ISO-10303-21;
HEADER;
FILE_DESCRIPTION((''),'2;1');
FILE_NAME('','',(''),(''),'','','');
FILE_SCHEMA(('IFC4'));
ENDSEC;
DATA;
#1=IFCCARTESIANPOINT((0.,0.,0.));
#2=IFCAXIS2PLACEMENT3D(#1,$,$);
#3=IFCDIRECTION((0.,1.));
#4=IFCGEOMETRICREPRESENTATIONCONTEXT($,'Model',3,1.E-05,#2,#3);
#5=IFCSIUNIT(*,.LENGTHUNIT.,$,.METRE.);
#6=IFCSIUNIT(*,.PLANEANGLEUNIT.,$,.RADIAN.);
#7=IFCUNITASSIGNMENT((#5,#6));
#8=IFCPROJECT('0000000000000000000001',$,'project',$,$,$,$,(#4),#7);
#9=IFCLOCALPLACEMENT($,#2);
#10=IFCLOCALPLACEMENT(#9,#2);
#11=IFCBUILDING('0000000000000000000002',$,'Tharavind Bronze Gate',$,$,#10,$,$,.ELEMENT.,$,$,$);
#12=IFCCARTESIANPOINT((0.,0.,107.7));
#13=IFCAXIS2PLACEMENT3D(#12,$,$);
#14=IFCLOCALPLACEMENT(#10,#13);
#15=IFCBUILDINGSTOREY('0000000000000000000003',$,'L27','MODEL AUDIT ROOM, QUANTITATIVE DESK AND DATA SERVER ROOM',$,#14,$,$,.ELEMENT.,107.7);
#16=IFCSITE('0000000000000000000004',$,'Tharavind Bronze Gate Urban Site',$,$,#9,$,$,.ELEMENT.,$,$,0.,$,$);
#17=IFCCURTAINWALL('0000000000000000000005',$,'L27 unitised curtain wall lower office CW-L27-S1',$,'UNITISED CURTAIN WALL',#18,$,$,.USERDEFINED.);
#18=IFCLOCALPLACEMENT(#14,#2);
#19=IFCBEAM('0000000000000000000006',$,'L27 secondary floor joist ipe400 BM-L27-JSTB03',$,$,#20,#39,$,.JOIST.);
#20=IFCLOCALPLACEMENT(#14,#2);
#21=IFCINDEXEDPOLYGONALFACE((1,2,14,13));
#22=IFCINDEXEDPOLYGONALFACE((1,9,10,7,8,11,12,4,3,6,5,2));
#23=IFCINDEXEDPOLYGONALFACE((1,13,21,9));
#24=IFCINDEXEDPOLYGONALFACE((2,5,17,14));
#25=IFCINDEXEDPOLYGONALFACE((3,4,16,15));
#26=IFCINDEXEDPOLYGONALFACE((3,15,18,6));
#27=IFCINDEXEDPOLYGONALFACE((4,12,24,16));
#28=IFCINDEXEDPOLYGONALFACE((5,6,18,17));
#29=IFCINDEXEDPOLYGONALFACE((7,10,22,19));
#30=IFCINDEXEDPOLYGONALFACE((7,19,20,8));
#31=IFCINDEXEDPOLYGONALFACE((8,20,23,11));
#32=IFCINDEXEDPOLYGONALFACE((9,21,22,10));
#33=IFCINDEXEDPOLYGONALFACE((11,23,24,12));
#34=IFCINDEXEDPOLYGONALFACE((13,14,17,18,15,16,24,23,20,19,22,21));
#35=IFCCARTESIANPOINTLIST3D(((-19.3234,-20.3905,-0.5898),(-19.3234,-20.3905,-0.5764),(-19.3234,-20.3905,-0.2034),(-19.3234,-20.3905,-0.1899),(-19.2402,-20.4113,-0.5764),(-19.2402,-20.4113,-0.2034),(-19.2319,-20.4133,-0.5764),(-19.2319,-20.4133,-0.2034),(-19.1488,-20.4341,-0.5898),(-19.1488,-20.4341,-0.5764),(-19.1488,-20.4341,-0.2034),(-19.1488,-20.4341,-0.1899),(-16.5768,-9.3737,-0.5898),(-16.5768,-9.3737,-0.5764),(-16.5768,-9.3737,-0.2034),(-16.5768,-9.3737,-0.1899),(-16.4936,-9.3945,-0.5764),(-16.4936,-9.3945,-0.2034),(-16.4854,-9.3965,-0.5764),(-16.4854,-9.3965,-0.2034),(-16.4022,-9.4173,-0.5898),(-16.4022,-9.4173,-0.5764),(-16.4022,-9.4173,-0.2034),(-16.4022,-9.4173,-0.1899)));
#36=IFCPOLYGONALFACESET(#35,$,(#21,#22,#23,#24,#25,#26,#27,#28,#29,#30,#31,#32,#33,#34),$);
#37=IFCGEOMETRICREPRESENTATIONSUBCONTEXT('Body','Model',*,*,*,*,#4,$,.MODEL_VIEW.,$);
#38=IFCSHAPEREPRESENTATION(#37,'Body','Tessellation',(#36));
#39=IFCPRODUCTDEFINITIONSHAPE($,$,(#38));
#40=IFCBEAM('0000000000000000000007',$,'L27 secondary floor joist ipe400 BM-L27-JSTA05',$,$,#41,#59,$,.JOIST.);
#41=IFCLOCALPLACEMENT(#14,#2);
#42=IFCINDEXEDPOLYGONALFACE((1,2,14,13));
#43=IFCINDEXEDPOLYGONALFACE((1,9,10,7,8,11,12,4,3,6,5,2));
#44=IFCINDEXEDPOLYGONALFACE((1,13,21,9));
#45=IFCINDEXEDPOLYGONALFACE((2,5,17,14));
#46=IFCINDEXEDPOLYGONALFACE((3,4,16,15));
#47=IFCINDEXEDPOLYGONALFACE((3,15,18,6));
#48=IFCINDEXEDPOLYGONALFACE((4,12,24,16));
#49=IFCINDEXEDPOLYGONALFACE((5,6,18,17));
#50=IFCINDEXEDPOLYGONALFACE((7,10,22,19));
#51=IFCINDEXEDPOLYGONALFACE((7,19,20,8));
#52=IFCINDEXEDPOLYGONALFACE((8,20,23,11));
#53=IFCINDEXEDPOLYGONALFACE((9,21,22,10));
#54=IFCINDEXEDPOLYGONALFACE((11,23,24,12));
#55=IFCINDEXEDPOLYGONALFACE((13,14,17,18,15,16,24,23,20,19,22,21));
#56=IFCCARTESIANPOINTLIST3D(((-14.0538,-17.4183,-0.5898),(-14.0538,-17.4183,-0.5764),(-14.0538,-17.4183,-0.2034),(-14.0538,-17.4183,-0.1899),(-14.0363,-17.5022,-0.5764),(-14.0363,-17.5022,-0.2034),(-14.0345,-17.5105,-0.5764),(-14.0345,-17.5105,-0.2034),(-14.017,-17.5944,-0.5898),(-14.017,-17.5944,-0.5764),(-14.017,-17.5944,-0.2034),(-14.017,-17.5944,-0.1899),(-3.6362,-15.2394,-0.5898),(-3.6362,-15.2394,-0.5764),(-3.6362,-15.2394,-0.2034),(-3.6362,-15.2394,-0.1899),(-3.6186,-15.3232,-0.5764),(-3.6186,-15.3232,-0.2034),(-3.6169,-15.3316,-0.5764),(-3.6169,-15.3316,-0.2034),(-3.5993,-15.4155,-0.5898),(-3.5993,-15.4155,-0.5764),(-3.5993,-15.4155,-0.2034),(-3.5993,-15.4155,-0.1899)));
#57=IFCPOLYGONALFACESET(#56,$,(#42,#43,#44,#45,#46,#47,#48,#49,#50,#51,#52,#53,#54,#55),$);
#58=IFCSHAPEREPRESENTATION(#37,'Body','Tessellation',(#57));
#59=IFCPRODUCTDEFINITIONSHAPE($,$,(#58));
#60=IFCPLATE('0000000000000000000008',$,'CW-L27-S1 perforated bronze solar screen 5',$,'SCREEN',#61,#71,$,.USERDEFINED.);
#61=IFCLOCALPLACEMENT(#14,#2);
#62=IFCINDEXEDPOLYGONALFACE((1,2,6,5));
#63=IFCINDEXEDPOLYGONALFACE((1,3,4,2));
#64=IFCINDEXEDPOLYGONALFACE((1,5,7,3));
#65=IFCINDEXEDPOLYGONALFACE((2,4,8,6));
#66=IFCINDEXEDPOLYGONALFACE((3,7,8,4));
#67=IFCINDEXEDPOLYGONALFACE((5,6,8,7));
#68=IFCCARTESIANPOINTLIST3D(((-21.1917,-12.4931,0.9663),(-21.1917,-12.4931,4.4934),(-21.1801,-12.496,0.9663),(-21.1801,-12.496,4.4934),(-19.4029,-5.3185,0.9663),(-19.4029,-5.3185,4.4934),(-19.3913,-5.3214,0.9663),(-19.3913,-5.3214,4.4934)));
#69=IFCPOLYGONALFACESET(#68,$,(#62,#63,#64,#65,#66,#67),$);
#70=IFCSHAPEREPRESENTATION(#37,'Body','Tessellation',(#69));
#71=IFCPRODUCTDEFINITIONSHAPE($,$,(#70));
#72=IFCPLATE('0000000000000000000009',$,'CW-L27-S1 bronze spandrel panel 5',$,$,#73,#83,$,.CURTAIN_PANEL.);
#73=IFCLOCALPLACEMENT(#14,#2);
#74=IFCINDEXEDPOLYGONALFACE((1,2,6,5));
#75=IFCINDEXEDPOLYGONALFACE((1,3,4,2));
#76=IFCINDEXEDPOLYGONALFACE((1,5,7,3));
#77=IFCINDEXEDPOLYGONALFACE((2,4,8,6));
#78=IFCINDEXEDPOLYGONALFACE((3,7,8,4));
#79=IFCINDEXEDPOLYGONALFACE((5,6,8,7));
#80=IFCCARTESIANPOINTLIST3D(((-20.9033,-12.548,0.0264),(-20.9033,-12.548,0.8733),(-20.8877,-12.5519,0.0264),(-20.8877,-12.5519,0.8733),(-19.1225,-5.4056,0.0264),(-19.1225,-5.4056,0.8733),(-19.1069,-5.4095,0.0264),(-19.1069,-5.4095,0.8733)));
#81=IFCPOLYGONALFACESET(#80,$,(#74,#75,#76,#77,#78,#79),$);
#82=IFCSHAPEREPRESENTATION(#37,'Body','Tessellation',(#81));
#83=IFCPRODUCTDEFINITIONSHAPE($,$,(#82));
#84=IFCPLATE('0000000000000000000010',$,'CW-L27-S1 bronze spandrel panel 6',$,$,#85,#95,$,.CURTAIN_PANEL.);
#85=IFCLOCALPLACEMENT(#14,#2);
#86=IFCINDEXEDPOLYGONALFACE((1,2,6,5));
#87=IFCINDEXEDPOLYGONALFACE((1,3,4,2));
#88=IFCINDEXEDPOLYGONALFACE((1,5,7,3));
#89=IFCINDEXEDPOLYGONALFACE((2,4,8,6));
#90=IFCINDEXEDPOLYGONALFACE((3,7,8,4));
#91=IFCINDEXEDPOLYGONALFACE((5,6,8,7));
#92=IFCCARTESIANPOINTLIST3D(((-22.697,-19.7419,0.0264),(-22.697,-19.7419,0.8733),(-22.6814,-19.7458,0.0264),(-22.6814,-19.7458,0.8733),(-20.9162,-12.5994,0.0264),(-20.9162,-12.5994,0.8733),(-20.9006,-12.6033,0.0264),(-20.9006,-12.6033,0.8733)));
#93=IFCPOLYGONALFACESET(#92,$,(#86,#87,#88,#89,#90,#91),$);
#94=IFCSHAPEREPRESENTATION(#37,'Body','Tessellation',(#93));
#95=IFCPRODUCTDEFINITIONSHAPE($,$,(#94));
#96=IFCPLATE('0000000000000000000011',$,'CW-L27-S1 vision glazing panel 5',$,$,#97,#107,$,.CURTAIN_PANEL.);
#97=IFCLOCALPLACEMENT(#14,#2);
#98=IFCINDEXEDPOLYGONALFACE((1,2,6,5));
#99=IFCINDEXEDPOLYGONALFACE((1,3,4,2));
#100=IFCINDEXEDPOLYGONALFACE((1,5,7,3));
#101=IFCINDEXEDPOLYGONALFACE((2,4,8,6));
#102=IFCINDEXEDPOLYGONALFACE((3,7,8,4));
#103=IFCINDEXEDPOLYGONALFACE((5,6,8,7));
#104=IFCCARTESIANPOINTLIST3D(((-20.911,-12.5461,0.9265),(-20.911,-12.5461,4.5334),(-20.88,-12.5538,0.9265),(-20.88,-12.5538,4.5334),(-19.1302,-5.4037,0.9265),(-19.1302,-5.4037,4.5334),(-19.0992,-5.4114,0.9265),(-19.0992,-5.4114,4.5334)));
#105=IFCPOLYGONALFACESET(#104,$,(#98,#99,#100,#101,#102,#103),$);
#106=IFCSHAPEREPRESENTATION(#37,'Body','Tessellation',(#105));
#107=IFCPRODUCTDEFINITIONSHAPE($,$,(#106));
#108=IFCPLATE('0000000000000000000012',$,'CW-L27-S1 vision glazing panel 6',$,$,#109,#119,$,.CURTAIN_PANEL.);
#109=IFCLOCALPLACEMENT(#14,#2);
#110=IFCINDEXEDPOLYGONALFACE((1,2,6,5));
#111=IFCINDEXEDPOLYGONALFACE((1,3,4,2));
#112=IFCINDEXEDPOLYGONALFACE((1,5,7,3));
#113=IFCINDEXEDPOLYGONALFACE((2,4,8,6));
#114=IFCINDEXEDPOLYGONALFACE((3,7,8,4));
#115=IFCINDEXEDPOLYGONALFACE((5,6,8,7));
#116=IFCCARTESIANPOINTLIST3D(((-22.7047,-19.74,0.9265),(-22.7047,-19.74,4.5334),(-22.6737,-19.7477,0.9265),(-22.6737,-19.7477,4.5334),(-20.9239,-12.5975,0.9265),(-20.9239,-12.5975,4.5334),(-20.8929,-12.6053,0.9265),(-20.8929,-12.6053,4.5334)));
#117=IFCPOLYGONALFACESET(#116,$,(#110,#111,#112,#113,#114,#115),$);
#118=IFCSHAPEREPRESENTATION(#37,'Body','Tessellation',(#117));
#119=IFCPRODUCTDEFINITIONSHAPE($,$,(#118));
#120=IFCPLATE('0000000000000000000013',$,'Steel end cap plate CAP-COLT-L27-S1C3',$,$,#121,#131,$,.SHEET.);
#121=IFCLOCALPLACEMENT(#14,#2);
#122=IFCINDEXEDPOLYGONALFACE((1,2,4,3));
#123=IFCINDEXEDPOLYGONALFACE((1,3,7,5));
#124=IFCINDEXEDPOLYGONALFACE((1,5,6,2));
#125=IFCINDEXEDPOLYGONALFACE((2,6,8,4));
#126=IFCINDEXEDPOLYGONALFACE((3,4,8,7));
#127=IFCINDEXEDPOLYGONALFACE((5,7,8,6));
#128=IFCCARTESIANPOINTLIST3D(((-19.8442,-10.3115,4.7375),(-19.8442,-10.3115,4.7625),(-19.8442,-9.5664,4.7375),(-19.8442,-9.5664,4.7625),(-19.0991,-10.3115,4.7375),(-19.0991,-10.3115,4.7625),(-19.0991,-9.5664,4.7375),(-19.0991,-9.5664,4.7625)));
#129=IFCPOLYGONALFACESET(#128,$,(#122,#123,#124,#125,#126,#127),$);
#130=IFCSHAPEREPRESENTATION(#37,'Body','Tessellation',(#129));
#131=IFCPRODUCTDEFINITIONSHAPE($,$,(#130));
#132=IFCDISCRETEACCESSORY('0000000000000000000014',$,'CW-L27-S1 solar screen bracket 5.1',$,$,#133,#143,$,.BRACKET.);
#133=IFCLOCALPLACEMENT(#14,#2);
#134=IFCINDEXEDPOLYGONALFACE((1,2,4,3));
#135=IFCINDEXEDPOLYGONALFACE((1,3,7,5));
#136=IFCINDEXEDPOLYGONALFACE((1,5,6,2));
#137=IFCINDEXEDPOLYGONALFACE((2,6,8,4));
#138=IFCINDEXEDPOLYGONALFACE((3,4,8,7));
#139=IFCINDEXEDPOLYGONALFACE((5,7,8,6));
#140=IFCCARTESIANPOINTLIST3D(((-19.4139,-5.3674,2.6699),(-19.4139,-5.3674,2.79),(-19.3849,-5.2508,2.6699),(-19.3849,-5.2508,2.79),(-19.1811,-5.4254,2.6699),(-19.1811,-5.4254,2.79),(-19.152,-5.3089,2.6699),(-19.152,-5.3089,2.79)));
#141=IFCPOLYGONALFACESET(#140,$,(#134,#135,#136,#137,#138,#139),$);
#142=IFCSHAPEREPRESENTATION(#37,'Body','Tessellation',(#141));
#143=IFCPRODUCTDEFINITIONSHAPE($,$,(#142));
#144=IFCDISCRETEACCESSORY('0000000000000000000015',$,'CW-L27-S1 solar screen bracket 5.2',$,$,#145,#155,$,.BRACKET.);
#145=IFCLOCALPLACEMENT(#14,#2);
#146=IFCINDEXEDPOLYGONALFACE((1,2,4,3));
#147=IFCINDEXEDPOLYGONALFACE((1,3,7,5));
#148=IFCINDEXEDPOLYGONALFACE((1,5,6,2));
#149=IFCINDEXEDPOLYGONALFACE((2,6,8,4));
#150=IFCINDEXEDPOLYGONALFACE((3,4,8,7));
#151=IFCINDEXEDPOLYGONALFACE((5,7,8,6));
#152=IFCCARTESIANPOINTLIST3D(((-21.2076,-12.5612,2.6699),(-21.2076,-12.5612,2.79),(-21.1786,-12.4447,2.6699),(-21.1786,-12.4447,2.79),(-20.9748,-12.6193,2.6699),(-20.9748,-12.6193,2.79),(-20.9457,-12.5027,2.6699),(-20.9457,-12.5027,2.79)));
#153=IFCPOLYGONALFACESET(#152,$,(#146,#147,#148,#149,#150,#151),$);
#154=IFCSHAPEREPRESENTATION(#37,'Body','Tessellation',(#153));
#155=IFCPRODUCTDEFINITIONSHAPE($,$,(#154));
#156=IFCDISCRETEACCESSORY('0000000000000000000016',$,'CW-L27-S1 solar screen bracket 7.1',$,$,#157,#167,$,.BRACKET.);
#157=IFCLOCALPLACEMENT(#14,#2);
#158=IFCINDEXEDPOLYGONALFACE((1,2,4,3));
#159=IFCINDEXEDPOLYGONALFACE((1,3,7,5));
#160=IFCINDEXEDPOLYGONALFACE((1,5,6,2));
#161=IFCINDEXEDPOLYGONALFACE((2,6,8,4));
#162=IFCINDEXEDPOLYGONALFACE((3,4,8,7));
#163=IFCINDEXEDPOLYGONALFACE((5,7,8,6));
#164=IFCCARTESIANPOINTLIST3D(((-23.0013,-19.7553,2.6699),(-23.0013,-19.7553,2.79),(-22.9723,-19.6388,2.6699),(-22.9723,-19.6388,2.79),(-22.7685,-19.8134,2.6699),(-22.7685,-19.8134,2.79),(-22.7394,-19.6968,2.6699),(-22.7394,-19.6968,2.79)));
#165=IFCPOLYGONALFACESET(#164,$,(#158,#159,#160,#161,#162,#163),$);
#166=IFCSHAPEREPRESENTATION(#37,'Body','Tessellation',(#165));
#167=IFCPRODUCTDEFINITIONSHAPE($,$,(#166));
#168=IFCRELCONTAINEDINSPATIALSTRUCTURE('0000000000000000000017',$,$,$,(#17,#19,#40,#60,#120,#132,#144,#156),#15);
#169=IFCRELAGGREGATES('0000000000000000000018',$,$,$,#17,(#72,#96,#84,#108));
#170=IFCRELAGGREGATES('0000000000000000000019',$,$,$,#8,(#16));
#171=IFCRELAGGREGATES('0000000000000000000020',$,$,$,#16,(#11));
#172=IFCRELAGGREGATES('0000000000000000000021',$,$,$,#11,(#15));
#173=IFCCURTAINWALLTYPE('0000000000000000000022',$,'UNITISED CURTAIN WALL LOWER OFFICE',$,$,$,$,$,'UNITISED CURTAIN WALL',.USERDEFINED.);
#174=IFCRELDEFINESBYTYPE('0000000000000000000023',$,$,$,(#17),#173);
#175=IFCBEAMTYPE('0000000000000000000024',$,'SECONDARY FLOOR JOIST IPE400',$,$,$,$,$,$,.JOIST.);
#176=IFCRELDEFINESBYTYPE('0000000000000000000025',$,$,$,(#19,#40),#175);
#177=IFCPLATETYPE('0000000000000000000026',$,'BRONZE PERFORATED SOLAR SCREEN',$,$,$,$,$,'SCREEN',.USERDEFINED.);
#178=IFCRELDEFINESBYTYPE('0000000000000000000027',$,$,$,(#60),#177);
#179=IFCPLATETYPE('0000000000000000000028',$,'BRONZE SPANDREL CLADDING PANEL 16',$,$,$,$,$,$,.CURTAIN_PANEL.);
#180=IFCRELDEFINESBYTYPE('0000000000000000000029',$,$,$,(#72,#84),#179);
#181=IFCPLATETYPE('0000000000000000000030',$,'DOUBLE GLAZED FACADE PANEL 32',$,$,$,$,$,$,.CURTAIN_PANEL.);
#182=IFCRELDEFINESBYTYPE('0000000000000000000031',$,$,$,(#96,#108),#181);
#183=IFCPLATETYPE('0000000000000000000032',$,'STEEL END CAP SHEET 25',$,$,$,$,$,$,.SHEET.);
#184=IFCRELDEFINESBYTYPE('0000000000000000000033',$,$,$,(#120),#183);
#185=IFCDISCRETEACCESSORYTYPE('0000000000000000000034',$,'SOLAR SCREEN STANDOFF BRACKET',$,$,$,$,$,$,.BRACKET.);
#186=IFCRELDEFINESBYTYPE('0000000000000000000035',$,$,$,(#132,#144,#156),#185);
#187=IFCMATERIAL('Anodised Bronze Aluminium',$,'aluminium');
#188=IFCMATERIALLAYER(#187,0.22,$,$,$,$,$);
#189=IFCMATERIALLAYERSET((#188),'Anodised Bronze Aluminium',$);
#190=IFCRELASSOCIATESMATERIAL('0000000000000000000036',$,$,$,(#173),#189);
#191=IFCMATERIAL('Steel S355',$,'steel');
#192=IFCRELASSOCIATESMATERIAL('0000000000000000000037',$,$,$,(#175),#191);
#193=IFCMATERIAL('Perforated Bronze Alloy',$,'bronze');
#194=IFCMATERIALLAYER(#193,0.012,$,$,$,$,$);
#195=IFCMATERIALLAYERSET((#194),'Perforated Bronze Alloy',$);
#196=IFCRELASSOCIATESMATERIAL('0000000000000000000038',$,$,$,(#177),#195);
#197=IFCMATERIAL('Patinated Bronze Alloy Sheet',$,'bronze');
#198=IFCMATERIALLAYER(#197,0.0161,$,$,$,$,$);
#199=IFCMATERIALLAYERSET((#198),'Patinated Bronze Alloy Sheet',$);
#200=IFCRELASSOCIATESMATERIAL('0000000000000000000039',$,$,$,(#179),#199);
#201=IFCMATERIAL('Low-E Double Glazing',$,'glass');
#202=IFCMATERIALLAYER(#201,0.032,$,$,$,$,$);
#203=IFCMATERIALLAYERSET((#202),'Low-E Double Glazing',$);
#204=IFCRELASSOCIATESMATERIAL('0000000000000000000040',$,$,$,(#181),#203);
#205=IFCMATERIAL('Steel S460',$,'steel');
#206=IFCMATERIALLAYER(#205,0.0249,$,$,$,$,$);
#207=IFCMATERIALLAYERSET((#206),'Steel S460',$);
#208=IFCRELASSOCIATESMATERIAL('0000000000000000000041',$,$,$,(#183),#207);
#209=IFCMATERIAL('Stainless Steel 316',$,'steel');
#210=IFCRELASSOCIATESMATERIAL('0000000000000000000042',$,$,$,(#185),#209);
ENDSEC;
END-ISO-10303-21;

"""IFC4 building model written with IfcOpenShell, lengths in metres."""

from ifc_helpers import new_model, si_unit, direction, frame, origin, origin_2d, place, context, subcontext, project, spatial, rectangle, i_section, extrude, material, layer, layer_set, material_profile, profile_set, type_object, element, aggregate, save


model = new_model("IFC4")

# Units and contexts
model_context = context("Model", 3, precision=1e-05, world=origin(), true_north=direction((0.0, 1.0)))
body_context = subcontext(model_context, "Body", "Model", "MODEL_VIEW")
ifc_project = project(units=[si_unit("LENGTHUNIT", "METRE"), si_unit("PLANEANGLEUNIT", "RADIAN")], contexts=[model_context])

# Site, building, storey
site_placement = place(None, origin())
site = spatial("IfcSite", under=ifc_project, at=site_placement, Name="Tharavind Bronze Gate Urban Site", CompositionType="ELEMENT", RefElevation=0.0)
building_placement = place(site_placement, origin())
building = spatial("IfcBuilding", under=site, at=building_placement, Name="Tharavind Bronze Gate", CompositionType="ELEMENT")
storey_placement = place(building_placement, frame((0.0, 0.0, 107.7)))
storey = spatial("IfcBuildingStorey", under=building, at=storey_placement, Name="L27", Description="MODEL AUDIT ROOM, QUANTITATIVE DESK AND DATA SERVER ROOM", CompositionType="ELEMENT", Elevation=107.7)

# Shared definitions
ifc_material_1 = material(Name="Steel S460", Category="steel")

# Curtain wall
ifc_material_2 = material(Name="Anodised Bronze Aluminium", Category="aluminium")
ifc_layer_1 = layer(ifc_material_2, 0.22)
ifc_layer_set_1 = layer_set([ifc_layer_1], Name="Anodised Bronze Aluminium")
curtain_wall_type = type_object("IfcCurtainWallType", Name="UNITISED CURTAIN WALL LOWER OFFICE", ElementType="UNITISED CURTAIN WALL", PredefinedType="USERDEFINED", material=ifc_layer_set_1)
curtain_wall_placement = place(storey_placement, origin())
curtain_wall = element("IfcCurtainWall", 1, at=curtain_wall_placement, inside=storey, type_object=curtain_wall_type, Name="L27 unitised curtain wall lower office CW-L27-S1", ObjectType="UNITISED CURTAIN WALL", PredefinedType="USERDEFINED")

# Beams
ifc_material_3 = material(Name="Steel S355", Category="steel")
ifc_material_profile_1 = material_profile(ifc_material_3, i_section(OverallWidth=0.1799, OverallDepth=0.3999, WebThickness=0.0085, FlangeThickness=0.0134, at=origin_2d()), Name="IPE400")
ifc_profile_set_1 = profile_set([ifc_material_profile_1], Name="Steel S355")
beam_type_1 = type_object("IfcBeamType", Name="SECONDARY FLOOR JOIST IPE400", PredefinedType="JOIST", material=ifc_profile_set_1)
beam_1_placement = place(storey_placement, frame((-16.4895, -9.3955, -0.3899), z_axis=(-0.241903, -0.9703, 0.0), x_axis=(0.9703, -0.241903, 0.0)))
element("IfcBeam", 2, at=beam_1_placement, inside=storey, type_object=beam_type_1, Name="L27 secondary floor joist ipe400 BM-L27-JSTB03", PredefinedType="JOIST", context=body_context, shape_type="SweptSolid", body=[
    extrude(i_section(OverallWidth=0.1799, OverallDepth=0.3999, WebThickness=0.0085, FlangeThickness=0.0134, at=origin_2d()), origin(), (0.0, 0.0, 1.0), 11.354),
])
beam_2_placement = place(storey_placement, frame((-14.0354, -17.5063, -0.3899), z_axis=(0.978819, 0.204728, 0.0), x_axis=(-0.204728, 0.978819, 0.0)))
element("IfcBeam", 3, at=beam_2_placement, inside=storey, type_object=beam_type_1, Name="L27 secondary floor joist ipe400 BM-L27-JSTA05", PredefinedType="JOIST", context=body_context, shape_type="SweptSolid", body=[
    extrude(i_section(OverallWidth=0.1799, OverallDepth=0.3999, WebThickness=0.0085, FlangeThickness=0.0134, at=origin_2d()), origin(), (0.0, 0.0, 1.0), 10.6431),
])

# Plates
ifc_material_4 = material(Name="Perforated Bronze Alloy", Category="bronze")
ifc_layer_2 = layer(ifc_material_4, 0.012)
ifc_layer_set_2 = layer_set([ifc_layer_2], Name="Perforated Bronze Alloy")
plate_type_1 = type_object("IfcPlateType", Name="BRONZE PERFORATED SOLAR SCREEN", ElementType="SCREEN", PredefinedType="USERDEFINED", material=ifc_layer_set_2)
plate_1_placement = place(storey_placement, frame((-20.2915, -8.9072, 0.9663), z_axis=(0.0, 0.0, 1.0), x_axis=(-0.241922, -0.970296, 0.0)))
element("IfcPlate", 4, at=plate_1_placement, inside=storey, type_object=plate_type_1, Name="CW-L27-S1 perforated bronze solar screen 5", ObjectType="SCREEN", PredefinedType="USERDEFINED", context=body_context, shape_type="SweptSolid", body=[
    extrude(rectangle(XDim=7.3943, YDim=0.012, at=origin_2d()), origin(), (0.0, 0.0, 1.0), 3.5271),
])
ifc_material_5 = material(Name="Patinated Bronze Alloy Sheet", Category="bronze")
ifc_layer_3 = layer(ifc_material_5, 0.0161)
ifc_layer_set_3 = layer_set([ifc_layer_3], Name="Patinated Bronze Alloy Sheet")
plate_type_2 = type_object("IfcPlateType", Name="BRONZE SPANDREL CLADDING PANEL 16", PredefinedType="CURTAIN_PANEL", material=ifc_layer_set_3)
plate_2_placement = place(storey_placement, frame((-20.0051, -8.9788, 0.0264), z_axis=(0.0, 0.0, 1.0), x_axis=(-0.241922, -0.970296, 0.0)))
plate_2 = element("IfcPlate", 5, at=plate_2_placement, type_object=plate_type_2, Name="CW-L27-S1 bronze spandrel panel 5", PredefinedType="CURTAIN_PANEL", context=body_context, shape_type="SweptSolid", body=[
    extrude(rectangle(XDim=7.3611, YDim=0.0161, at=origin_2d()), origin(), (0.0, 0.0, 1.0), 0.8469),
])
plate_3_placement = place(storey_placement, frame((-21.7988, -16.1726, 0.0264), z_axis=(0.0, 0.0, 1.0), x_axis=(-0.241922, -0.970296, 0.0)))
plate_3 = element("IfcPlate", 6, at=plate_3_placement, type_object=plate_type_2, Name="CW-L27-S1 bronze spandrel panel 6", PredefinedType="CURTAIN_PANEL", context=body_context, shape_type="SweptSolid", body=[
    extrude(rectangle(XDim=7.3611, YDim=0.0161, at=origin_2d()), origin(), (0.0, 0.0, 1.0), 0.8469),
])
ifc_material_6 = material(Name="Low-E Double Glazing", Category="glass")
ifc_layer_4 = layer(ifc_material_6, 0.032)
ifc_layer_set_4 = layer_set([ifc_layer_4], Name="Low-E Double Glazing")
plate_type_3 = type_object("IfcPlateType", Name="DOUBLE GLAZED FACADE PANEL 32", PredefinedType="CURTAIN_PANEL", material=ifc_layer_set_4)
plate_4_placement = place(storey_placement, frame((-20.0051, -8.9788, 0.9265), z_axis=(0.0, 0.0, 1.0), x_axis=(-0.241922, -0.970296, 0.0)))
plate_4 = element("IfcPlate", 7, at=plate_4_placement, type_object=plate_type_3, Name="CW-L27-S1 vision glazing panel 5", PredefinedType="CURTAIN_PANEL", context=body_context, shape_type="SweptSolid", body=[
    extrude(rectangle(XDim=7.3611, YDim=0.032, at=origin_2d()), origin(), (0.0, 0.0, 1.0), 3.6069),
])
plate_5_placement = place(storey_placement, frame((-21.7988, -16.1726, 0.9265), z_axis=(0.0, 0.0, 1.0), x_axis=(-0.241922, -0.970296, 0.0)))
plate_5 = element("IfcPlate", 8, at=plate_5_placement, type_object=plate_type_3, Name="CW-L27-S1 vision glazing panel 6", PredefinedType="CURTAIN_PANEL", context=body_context, shape_type="SweptSolid", body=[
    extrude(rectangle(XDim=7.3611, YDim=0.032, at=origin_2d()), origin(), (0.0, 0.0, 1.0), 3.6069),
])
aggregate(curtain_wall, [plate_2, plate_4, plate_3, plate_5])
ifc_layer_5 = layer(ifc_material_1, 0.0249)
ifc_layer_set_5 = layer_set([ifc_layer_5], Name="Steel S460")
plate_type_4 = type_object("IfcPlateType", Name="STEEL END CAP SHEET 25", PredefinedType="SHEET", material=ifc_layer_set_5)
plate_6_placement = place(storey_placement, frame((-19.4717, -9.939, 4.7375), z_axis=(0.0, 0.0, 1.0), x_axis=(1.0, 0.0, 0.0)))
element("IfcPlate", 9, at=plate_6_placement, inside=storey, type_object=plate_type_4, Name="Steel end cap plate CAP-COLT-L27-S1C3", PredefinedType="SHEET", context=body_context, shape_type="SweptSolid", body=[
    extrude(rectangle(XDim=0.7451, YDim=0.7451, at=origin_2d()), origin(), (0.0, 0.0, 1.0), 0.0249),
])

# Discrete accessories
ifc_material_7 = material(Name="Stainless Steel 316", Category="steel")
discrete_accessory_type = type_object("IfcDiscreteAccessoryType", Name="SOLAR SCREEN STANDOFF BRACKET", PredefinedType="BRACKET", material=ifc_material_7)
for number, where, z_axis, x_axis, name in (
    (10, (-19.283, -5.3381, 2.6699), (0.0, 0.0, 1.0), (-0.241922, -0.970296, 0.0), "CW-L27-S1 solar screen bracket 5.1"),
    (11, (-21.0767, -12.532, 2.6699), (0.0, 0.0, 1.0), (-0.241922, -0.970296, 0.0), "CW-L27-S1 solar screen bracket 5.2"),
    (12, (-22.8704, -19.7261, 2.6699), (0.0, 0.0, 1.0), (-0.241922, -0.970296, 0.0), "CW-L27-S1 solar screen bracket 7.1"),
):
    element("IfcDiscreteAccessory", number, at=place(storey_placement, frame(where, z_axis=z_axis, x_axis=x_axis)), inside=storey, type_object=discrete_accessory_type, Name=name, PredefinedType="BRACKET", context=body_context, shape_type="SweptSolid", body=[
        extrude(rectangle(XDim=0.1201, YDim=0.24, at=origin_2d()), origin(), (0.0, 0.0, 1.0), 0.1201),
    ])

save(model, "model.ifc")
